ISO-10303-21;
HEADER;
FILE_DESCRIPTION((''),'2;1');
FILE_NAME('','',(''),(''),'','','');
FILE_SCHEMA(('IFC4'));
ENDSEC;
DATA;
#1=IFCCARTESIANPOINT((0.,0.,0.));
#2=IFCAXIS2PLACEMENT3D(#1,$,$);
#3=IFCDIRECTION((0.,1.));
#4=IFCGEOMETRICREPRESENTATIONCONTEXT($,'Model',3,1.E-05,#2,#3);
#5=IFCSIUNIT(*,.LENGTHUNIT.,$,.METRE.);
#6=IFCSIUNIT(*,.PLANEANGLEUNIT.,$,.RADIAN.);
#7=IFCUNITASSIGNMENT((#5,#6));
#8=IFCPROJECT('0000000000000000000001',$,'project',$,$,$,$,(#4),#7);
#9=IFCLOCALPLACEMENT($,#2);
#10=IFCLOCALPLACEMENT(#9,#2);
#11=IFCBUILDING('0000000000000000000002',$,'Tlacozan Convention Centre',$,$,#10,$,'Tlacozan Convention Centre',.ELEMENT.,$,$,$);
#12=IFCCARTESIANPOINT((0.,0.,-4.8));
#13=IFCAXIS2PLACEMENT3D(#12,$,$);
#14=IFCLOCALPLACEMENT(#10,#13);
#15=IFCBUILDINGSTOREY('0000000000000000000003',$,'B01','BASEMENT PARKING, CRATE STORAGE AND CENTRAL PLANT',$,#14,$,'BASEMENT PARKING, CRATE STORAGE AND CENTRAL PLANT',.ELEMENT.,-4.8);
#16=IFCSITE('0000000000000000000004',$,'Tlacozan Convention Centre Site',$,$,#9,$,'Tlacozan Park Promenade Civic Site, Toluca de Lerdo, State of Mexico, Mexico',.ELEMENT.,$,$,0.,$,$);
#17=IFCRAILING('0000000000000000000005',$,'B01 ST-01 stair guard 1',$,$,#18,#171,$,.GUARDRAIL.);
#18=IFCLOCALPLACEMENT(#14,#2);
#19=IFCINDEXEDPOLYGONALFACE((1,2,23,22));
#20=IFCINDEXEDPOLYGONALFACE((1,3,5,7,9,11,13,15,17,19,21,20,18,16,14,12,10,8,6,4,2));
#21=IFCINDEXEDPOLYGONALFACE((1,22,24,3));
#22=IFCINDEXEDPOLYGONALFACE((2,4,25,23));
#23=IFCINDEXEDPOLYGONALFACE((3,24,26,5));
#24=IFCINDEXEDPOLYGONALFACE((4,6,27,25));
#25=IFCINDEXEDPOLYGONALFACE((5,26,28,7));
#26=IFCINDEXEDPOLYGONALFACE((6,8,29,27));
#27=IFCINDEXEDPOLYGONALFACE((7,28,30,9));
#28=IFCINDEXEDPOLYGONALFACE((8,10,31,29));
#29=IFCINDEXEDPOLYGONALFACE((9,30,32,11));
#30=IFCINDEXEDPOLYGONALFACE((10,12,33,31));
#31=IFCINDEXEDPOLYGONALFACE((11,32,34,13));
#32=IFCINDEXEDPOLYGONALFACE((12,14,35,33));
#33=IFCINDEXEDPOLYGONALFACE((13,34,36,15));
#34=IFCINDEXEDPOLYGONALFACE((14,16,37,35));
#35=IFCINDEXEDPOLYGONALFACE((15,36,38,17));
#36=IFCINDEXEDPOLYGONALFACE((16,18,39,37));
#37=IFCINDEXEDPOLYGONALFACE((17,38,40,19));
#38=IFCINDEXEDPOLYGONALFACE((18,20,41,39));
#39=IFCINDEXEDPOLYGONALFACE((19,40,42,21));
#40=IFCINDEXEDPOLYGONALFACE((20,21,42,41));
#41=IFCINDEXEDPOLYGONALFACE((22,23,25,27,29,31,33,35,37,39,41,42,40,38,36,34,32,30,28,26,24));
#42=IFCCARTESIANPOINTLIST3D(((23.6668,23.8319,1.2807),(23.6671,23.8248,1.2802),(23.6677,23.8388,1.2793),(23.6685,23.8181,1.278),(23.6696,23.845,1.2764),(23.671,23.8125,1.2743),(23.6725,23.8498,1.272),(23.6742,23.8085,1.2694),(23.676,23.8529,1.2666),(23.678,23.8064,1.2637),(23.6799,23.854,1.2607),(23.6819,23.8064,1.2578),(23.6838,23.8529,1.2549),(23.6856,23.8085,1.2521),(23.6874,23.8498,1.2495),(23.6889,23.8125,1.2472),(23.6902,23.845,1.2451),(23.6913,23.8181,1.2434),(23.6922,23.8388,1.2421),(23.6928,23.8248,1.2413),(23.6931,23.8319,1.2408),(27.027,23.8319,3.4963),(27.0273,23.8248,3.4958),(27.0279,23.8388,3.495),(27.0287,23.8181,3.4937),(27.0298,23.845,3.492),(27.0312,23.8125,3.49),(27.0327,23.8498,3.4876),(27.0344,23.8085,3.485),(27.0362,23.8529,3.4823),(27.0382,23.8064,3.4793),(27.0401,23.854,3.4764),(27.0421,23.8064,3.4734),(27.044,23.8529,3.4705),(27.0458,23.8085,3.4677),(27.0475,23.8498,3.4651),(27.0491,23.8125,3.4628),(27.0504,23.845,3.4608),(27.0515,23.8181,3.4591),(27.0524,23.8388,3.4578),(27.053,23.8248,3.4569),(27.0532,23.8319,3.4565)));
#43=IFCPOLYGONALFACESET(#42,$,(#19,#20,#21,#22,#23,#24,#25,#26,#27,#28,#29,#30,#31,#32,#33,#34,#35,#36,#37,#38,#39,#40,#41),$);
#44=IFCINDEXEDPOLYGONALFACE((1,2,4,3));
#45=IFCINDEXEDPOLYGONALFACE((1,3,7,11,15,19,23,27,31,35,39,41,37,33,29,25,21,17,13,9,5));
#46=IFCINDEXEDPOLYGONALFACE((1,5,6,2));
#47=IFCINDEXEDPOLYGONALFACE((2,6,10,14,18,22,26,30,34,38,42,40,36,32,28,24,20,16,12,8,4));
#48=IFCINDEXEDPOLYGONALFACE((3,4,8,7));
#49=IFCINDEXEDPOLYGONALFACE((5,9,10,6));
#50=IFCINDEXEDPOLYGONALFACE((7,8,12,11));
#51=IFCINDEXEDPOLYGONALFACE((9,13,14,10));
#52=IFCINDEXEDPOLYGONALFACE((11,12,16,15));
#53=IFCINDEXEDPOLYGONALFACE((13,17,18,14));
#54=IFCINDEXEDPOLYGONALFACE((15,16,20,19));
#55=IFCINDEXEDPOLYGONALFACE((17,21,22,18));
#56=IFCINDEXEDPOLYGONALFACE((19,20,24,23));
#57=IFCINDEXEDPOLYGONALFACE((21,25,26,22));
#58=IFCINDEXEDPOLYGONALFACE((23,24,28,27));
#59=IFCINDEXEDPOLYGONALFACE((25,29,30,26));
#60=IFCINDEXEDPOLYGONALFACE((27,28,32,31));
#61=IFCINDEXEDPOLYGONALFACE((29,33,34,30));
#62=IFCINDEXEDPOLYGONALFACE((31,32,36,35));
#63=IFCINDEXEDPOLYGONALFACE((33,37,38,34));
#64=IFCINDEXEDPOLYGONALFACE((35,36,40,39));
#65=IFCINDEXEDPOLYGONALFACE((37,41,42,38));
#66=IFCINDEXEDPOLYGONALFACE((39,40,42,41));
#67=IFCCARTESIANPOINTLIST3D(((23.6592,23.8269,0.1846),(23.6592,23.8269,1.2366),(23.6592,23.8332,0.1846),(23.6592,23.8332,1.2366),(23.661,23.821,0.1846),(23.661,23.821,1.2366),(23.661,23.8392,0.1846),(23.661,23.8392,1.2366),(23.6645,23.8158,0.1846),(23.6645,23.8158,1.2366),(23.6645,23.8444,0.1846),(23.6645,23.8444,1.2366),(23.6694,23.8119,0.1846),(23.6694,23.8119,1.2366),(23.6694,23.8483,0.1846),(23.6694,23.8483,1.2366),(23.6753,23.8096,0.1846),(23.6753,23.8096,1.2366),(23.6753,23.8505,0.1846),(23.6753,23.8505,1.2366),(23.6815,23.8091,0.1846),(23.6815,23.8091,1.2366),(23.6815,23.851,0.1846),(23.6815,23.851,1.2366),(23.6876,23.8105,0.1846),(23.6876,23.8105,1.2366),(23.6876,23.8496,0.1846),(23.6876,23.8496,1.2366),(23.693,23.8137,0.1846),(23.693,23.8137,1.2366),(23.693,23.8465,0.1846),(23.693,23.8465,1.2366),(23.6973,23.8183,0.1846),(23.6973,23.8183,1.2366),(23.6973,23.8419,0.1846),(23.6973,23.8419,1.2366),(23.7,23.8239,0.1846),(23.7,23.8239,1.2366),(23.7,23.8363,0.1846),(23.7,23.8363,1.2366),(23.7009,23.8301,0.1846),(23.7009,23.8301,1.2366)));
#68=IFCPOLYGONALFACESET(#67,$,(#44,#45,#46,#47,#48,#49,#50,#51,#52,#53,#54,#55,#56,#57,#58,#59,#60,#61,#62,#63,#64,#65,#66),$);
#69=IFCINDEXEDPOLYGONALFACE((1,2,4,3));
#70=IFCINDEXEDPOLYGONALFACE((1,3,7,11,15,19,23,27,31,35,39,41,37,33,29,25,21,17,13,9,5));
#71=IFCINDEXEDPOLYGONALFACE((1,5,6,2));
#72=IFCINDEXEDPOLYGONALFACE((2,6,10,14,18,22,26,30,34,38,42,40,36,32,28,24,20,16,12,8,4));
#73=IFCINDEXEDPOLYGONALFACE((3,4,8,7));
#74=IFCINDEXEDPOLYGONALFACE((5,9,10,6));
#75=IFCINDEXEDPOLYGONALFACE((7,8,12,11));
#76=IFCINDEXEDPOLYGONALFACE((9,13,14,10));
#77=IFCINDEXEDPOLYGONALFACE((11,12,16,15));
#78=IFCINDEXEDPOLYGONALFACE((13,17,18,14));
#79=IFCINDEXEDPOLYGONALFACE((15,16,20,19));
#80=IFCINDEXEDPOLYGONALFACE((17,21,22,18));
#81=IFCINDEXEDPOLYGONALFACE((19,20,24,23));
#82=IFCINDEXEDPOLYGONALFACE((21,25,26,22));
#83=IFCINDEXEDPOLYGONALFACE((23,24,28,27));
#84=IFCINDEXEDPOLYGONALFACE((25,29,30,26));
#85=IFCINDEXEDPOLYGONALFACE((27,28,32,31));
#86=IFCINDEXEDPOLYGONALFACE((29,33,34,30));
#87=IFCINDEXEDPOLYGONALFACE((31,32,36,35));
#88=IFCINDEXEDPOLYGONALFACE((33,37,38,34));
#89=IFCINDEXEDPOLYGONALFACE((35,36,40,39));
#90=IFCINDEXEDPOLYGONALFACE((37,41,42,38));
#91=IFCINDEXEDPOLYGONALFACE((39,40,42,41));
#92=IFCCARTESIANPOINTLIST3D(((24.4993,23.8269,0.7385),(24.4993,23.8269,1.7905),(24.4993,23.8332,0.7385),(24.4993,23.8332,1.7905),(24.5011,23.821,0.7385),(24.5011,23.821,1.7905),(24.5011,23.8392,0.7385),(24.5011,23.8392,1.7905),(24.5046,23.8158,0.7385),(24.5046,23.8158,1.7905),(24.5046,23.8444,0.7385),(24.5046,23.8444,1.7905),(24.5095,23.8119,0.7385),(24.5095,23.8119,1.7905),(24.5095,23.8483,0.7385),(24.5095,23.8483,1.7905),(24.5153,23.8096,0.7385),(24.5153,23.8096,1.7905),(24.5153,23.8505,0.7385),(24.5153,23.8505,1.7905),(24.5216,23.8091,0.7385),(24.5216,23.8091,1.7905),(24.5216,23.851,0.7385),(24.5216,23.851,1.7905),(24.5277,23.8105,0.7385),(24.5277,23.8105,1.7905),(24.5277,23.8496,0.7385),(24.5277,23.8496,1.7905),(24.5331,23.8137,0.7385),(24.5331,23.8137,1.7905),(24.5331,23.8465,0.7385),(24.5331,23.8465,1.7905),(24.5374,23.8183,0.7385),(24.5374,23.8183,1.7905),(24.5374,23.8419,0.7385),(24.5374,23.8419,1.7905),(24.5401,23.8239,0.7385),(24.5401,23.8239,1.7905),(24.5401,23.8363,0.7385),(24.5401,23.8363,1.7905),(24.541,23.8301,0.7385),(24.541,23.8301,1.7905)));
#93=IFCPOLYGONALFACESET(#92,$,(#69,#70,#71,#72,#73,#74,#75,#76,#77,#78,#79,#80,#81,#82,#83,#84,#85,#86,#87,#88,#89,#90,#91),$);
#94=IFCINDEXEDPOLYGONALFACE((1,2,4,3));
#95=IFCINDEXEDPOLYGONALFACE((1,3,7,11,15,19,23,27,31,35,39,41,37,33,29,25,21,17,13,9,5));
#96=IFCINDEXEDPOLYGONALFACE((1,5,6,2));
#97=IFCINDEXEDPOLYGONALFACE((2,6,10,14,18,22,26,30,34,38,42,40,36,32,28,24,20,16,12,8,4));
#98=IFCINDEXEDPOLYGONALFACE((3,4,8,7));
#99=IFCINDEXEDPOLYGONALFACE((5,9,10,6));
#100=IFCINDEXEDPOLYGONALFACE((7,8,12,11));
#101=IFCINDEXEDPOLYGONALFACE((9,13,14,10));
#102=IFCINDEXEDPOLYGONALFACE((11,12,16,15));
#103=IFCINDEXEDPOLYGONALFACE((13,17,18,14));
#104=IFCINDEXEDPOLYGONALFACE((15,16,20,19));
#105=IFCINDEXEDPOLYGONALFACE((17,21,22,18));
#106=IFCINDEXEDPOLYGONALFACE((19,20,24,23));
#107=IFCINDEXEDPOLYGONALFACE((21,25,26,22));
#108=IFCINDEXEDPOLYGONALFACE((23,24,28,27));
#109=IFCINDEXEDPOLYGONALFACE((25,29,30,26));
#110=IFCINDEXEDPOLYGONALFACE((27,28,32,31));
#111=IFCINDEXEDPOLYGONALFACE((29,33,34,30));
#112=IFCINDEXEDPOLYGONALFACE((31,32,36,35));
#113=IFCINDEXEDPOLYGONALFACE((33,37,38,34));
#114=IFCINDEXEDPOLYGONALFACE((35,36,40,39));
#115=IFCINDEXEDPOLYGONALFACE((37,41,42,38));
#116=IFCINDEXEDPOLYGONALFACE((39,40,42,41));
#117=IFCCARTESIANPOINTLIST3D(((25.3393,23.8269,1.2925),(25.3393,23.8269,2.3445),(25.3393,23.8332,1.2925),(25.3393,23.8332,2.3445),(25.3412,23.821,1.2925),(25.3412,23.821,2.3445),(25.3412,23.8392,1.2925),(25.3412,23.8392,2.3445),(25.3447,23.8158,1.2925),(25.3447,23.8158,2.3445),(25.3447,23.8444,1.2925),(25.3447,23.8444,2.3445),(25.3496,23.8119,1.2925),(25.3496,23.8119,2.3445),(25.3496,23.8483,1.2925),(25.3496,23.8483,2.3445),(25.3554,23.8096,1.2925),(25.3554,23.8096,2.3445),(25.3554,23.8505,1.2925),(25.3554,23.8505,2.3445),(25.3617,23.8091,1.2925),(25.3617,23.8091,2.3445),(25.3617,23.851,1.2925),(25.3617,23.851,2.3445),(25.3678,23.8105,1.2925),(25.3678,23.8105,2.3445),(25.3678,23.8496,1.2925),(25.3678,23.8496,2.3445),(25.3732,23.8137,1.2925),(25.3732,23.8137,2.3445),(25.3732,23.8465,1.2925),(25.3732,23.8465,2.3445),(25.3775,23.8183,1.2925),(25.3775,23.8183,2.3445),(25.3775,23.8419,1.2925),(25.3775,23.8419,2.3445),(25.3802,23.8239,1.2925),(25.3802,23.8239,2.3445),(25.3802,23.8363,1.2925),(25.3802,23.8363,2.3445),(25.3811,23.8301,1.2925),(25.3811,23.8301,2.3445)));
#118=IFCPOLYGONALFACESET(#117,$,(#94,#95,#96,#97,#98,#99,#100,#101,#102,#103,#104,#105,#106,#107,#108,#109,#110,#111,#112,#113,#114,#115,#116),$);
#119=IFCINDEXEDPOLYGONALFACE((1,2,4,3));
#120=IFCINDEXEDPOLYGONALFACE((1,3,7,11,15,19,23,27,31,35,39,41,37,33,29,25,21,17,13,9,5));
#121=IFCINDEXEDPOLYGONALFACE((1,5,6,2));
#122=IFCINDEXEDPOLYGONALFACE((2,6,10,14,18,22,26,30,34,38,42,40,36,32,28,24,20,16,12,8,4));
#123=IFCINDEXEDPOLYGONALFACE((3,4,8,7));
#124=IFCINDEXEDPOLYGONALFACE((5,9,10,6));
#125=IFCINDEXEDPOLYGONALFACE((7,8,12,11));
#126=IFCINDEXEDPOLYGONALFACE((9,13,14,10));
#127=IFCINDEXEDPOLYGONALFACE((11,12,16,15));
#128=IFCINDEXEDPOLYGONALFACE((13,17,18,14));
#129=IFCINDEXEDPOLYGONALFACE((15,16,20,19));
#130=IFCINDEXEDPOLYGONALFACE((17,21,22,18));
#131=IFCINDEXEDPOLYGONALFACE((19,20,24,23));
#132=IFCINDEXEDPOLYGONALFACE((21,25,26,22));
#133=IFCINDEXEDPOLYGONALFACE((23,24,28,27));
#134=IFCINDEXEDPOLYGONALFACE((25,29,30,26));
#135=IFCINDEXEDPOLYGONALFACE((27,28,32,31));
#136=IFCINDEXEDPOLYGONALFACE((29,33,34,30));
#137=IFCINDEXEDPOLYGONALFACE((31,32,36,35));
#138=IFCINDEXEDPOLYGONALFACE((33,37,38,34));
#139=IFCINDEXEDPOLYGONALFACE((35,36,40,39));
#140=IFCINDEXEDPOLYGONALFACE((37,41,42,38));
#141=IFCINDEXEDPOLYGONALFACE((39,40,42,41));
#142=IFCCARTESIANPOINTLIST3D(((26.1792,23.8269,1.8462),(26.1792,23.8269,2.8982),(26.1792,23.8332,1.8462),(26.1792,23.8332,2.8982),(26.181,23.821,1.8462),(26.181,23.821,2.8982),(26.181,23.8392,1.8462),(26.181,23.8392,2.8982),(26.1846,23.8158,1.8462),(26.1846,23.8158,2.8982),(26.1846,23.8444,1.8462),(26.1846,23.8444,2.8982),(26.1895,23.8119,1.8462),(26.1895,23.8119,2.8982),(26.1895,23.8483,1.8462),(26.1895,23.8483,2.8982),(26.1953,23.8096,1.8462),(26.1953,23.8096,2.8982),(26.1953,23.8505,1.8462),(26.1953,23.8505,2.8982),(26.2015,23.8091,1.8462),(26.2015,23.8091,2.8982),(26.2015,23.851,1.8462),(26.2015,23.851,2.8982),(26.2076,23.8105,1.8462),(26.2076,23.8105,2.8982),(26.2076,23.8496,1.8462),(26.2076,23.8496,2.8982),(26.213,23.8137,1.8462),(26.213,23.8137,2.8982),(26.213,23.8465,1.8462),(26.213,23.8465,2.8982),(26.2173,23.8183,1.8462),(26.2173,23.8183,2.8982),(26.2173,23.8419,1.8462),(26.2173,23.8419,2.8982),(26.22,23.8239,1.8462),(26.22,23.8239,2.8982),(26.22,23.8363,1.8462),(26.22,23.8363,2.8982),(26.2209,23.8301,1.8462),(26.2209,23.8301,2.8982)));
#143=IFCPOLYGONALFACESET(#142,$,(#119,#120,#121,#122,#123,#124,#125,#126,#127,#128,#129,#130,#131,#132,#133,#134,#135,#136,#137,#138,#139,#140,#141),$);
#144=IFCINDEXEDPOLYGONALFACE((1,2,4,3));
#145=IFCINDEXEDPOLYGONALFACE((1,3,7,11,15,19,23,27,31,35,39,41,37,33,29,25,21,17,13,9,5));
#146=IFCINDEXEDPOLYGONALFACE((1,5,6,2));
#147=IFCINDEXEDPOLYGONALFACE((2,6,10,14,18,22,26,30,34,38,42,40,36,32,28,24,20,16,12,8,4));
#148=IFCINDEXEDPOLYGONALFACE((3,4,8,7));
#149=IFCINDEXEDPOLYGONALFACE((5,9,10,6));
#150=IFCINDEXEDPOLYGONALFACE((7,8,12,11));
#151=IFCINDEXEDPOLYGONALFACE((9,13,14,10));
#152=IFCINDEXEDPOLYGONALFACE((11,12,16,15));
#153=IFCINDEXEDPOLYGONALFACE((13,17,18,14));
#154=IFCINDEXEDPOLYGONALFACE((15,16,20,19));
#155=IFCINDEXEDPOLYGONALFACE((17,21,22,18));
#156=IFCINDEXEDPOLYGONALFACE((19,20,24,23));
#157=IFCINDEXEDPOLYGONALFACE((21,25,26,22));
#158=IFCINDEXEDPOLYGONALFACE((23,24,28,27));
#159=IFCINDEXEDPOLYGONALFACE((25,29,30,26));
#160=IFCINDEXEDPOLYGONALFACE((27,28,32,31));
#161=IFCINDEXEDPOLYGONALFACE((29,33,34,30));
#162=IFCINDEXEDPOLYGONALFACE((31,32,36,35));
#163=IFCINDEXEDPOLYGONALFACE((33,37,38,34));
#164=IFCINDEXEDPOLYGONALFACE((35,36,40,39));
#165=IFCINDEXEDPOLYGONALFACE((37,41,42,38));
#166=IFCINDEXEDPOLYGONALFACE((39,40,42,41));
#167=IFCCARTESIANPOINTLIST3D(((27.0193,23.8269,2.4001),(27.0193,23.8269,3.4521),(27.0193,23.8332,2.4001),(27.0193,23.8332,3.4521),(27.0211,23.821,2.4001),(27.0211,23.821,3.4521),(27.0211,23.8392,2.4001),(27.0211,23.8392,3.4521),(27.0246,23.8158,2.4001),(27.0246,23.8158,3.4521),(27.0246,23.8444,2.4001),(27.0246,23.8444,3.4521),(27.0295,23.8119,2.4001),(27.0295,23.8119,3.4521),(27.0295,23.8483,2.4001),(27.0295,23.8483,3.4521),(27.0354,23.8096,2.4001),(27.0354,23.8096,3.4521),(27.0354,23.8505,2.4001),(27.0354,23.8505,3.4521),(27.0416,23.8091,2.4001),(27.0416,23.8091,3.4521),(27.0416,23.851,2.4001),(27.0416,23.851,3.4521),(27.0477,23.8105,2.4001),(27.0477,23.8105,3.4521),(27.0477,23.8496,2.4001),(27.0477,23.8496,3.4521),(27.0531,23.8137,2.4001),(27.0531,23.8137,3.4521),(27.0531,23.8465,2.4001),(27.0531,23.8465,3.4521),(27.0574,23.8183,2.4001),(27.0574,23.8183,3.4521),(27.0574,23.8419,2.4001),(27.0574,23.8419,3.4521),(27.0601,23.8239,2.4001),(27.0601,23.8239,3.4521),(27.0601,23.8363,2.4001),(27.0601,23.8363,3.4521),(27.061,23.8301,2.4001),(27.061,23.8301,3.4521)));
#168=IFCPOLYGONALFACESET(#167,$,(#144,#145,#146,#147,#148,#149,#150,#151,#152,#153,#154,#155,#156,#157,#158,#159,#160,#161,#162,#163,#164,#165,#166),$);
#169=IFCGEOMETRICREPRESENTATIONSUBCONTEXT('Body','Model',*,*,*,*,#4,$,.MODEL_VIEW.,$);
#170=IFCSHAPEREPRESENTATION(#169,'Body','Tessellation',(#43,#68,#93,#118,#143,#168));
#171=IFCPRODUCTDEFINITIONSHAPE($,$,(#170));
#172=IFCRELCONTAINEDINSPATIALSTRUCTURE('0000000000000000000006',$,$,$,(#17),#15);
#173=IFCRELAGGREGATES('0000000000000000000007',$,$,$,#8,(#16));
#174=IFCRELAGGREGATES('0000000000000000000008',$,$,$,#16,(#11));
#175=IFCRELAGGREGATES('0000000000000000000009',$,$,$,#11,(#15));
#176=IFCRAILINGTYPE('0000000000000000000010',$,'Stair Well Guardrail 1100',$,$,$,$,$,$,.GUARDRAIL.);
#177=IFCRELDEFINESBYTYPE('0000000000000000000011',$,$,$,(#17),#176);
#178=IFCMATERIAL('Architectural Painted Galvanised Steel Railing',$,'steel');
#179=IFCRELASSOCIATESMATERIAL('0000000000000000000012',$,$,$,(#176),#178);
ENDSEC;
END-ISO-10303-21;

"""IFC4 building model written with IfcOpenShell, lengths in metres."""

from ifc_helpers import new_model, si_unit, direction, frame, origin, origin_2d, place, context, subcontext, project, spatial, circle, extrude, material, type_object, element, save


model = new_model("IFC4")

# Units and contexts
model_context = context("Model", 3, precision=1e-05, world=origin(), true_north=direction((0.0, 1.0)))
body_context = subcontext(model_context, "Body", "Model", "MODEL_VIEW")
ifc_project = project(units=[si_unit("LENGTHUNIT", "METRE"), si_unit("PLANEANGLEUNIT", "RADIAN")], contexts=[model_context])

# Site, building, storey
site_placement = place(None, origin())
site = spatial("IfcSite", under=ifc_project, at=site_placement, Name="Tlacozan Convention Centre Site", LongName="Tlacozan Park Promenade Civic Site, Toluca de Lerdo, State of Mexico, Mexico", CompositionType="ELEMENT", RefElevation=0.0)
building_placement = place(site_placement, origin())
building = spatial("IfcBuilding", under=site, at=building_placement, Name="Tlacozan Convention Centre", LongName="Tlacozan Convention Centre", CompositionType="ELEMENT")
storey_placement = place(building_placement, frame((0.0, 0.0, -4.8)))
storey = spatial("IfcBuildingStorey", under=building, at=storey_placement, Name="B01", Description="BASEMENT PARKING, CRATE STORAGE AND CENTRAL PLANT", LongName="BASEMENT PARKING, CRATE STORAGE AND CENTRAL PLANT", CompositionType="ELEMENT", Elevation=-4.8)

# Railing
ifc_material_1 = material(Name="Architectural Painted Galvanised Steel Railing", Category="steel")
railing_type = type_object("IfcRailingType", Name="Stair Well Guardrail 1100", PredefinedType="GUARDRAIL", material=ifc_material_1)
railing_1_placement = place(storey_placement, frame((23.6799, 23.8301, 0.1846)))
element("IfcRailing", 1, at=railing_1_placement, inside=storey, type_object=railing_type, Name="B01 ST-01 stair guard 1", PredefinedType="GUARDRAIL", context=body_context, shape_type="SweptSolid", body=[
    extrude(circle(Radius=0.0239, at=origin_2d()), frame((0.0, 0.0, 1.0762), z_axis=(0.834849, 0.0, 0.55048), x_axis=(0.0, 1.0, 0.0)), (0.0, 0.0, 1.0), 4.0249),
    extrude(circle(Radius=0.021, at=origin_2d()), origin(), (0.0, 0.0, 1.0), 1.052),
    extrude(circle(Radius=0.021, at=origin_2d()), frame((0.8401, 0.0, 0.554)), (0.0, 0.0, 1.0), 1.052),
    extrude(circle(Radius=0.021, at=origin_2d()), frame((1.6802, 0.0, 1.1079)), (0.0, 0.0, 1.0), 1.052),
    extrude(circle(Radius=0.021, at=origin_2d()), frame((2.52, 0.0, 1.6616)), (0.0, 0.0, 1.0), 1.052),
    extrude(circle(Radius=0.021, at=origin_2d()), frame((3.3601, 0.0, 2.2156)), (0.0, 0.0, 1.0), 1.052),
])

save(model, "model.ifc")
